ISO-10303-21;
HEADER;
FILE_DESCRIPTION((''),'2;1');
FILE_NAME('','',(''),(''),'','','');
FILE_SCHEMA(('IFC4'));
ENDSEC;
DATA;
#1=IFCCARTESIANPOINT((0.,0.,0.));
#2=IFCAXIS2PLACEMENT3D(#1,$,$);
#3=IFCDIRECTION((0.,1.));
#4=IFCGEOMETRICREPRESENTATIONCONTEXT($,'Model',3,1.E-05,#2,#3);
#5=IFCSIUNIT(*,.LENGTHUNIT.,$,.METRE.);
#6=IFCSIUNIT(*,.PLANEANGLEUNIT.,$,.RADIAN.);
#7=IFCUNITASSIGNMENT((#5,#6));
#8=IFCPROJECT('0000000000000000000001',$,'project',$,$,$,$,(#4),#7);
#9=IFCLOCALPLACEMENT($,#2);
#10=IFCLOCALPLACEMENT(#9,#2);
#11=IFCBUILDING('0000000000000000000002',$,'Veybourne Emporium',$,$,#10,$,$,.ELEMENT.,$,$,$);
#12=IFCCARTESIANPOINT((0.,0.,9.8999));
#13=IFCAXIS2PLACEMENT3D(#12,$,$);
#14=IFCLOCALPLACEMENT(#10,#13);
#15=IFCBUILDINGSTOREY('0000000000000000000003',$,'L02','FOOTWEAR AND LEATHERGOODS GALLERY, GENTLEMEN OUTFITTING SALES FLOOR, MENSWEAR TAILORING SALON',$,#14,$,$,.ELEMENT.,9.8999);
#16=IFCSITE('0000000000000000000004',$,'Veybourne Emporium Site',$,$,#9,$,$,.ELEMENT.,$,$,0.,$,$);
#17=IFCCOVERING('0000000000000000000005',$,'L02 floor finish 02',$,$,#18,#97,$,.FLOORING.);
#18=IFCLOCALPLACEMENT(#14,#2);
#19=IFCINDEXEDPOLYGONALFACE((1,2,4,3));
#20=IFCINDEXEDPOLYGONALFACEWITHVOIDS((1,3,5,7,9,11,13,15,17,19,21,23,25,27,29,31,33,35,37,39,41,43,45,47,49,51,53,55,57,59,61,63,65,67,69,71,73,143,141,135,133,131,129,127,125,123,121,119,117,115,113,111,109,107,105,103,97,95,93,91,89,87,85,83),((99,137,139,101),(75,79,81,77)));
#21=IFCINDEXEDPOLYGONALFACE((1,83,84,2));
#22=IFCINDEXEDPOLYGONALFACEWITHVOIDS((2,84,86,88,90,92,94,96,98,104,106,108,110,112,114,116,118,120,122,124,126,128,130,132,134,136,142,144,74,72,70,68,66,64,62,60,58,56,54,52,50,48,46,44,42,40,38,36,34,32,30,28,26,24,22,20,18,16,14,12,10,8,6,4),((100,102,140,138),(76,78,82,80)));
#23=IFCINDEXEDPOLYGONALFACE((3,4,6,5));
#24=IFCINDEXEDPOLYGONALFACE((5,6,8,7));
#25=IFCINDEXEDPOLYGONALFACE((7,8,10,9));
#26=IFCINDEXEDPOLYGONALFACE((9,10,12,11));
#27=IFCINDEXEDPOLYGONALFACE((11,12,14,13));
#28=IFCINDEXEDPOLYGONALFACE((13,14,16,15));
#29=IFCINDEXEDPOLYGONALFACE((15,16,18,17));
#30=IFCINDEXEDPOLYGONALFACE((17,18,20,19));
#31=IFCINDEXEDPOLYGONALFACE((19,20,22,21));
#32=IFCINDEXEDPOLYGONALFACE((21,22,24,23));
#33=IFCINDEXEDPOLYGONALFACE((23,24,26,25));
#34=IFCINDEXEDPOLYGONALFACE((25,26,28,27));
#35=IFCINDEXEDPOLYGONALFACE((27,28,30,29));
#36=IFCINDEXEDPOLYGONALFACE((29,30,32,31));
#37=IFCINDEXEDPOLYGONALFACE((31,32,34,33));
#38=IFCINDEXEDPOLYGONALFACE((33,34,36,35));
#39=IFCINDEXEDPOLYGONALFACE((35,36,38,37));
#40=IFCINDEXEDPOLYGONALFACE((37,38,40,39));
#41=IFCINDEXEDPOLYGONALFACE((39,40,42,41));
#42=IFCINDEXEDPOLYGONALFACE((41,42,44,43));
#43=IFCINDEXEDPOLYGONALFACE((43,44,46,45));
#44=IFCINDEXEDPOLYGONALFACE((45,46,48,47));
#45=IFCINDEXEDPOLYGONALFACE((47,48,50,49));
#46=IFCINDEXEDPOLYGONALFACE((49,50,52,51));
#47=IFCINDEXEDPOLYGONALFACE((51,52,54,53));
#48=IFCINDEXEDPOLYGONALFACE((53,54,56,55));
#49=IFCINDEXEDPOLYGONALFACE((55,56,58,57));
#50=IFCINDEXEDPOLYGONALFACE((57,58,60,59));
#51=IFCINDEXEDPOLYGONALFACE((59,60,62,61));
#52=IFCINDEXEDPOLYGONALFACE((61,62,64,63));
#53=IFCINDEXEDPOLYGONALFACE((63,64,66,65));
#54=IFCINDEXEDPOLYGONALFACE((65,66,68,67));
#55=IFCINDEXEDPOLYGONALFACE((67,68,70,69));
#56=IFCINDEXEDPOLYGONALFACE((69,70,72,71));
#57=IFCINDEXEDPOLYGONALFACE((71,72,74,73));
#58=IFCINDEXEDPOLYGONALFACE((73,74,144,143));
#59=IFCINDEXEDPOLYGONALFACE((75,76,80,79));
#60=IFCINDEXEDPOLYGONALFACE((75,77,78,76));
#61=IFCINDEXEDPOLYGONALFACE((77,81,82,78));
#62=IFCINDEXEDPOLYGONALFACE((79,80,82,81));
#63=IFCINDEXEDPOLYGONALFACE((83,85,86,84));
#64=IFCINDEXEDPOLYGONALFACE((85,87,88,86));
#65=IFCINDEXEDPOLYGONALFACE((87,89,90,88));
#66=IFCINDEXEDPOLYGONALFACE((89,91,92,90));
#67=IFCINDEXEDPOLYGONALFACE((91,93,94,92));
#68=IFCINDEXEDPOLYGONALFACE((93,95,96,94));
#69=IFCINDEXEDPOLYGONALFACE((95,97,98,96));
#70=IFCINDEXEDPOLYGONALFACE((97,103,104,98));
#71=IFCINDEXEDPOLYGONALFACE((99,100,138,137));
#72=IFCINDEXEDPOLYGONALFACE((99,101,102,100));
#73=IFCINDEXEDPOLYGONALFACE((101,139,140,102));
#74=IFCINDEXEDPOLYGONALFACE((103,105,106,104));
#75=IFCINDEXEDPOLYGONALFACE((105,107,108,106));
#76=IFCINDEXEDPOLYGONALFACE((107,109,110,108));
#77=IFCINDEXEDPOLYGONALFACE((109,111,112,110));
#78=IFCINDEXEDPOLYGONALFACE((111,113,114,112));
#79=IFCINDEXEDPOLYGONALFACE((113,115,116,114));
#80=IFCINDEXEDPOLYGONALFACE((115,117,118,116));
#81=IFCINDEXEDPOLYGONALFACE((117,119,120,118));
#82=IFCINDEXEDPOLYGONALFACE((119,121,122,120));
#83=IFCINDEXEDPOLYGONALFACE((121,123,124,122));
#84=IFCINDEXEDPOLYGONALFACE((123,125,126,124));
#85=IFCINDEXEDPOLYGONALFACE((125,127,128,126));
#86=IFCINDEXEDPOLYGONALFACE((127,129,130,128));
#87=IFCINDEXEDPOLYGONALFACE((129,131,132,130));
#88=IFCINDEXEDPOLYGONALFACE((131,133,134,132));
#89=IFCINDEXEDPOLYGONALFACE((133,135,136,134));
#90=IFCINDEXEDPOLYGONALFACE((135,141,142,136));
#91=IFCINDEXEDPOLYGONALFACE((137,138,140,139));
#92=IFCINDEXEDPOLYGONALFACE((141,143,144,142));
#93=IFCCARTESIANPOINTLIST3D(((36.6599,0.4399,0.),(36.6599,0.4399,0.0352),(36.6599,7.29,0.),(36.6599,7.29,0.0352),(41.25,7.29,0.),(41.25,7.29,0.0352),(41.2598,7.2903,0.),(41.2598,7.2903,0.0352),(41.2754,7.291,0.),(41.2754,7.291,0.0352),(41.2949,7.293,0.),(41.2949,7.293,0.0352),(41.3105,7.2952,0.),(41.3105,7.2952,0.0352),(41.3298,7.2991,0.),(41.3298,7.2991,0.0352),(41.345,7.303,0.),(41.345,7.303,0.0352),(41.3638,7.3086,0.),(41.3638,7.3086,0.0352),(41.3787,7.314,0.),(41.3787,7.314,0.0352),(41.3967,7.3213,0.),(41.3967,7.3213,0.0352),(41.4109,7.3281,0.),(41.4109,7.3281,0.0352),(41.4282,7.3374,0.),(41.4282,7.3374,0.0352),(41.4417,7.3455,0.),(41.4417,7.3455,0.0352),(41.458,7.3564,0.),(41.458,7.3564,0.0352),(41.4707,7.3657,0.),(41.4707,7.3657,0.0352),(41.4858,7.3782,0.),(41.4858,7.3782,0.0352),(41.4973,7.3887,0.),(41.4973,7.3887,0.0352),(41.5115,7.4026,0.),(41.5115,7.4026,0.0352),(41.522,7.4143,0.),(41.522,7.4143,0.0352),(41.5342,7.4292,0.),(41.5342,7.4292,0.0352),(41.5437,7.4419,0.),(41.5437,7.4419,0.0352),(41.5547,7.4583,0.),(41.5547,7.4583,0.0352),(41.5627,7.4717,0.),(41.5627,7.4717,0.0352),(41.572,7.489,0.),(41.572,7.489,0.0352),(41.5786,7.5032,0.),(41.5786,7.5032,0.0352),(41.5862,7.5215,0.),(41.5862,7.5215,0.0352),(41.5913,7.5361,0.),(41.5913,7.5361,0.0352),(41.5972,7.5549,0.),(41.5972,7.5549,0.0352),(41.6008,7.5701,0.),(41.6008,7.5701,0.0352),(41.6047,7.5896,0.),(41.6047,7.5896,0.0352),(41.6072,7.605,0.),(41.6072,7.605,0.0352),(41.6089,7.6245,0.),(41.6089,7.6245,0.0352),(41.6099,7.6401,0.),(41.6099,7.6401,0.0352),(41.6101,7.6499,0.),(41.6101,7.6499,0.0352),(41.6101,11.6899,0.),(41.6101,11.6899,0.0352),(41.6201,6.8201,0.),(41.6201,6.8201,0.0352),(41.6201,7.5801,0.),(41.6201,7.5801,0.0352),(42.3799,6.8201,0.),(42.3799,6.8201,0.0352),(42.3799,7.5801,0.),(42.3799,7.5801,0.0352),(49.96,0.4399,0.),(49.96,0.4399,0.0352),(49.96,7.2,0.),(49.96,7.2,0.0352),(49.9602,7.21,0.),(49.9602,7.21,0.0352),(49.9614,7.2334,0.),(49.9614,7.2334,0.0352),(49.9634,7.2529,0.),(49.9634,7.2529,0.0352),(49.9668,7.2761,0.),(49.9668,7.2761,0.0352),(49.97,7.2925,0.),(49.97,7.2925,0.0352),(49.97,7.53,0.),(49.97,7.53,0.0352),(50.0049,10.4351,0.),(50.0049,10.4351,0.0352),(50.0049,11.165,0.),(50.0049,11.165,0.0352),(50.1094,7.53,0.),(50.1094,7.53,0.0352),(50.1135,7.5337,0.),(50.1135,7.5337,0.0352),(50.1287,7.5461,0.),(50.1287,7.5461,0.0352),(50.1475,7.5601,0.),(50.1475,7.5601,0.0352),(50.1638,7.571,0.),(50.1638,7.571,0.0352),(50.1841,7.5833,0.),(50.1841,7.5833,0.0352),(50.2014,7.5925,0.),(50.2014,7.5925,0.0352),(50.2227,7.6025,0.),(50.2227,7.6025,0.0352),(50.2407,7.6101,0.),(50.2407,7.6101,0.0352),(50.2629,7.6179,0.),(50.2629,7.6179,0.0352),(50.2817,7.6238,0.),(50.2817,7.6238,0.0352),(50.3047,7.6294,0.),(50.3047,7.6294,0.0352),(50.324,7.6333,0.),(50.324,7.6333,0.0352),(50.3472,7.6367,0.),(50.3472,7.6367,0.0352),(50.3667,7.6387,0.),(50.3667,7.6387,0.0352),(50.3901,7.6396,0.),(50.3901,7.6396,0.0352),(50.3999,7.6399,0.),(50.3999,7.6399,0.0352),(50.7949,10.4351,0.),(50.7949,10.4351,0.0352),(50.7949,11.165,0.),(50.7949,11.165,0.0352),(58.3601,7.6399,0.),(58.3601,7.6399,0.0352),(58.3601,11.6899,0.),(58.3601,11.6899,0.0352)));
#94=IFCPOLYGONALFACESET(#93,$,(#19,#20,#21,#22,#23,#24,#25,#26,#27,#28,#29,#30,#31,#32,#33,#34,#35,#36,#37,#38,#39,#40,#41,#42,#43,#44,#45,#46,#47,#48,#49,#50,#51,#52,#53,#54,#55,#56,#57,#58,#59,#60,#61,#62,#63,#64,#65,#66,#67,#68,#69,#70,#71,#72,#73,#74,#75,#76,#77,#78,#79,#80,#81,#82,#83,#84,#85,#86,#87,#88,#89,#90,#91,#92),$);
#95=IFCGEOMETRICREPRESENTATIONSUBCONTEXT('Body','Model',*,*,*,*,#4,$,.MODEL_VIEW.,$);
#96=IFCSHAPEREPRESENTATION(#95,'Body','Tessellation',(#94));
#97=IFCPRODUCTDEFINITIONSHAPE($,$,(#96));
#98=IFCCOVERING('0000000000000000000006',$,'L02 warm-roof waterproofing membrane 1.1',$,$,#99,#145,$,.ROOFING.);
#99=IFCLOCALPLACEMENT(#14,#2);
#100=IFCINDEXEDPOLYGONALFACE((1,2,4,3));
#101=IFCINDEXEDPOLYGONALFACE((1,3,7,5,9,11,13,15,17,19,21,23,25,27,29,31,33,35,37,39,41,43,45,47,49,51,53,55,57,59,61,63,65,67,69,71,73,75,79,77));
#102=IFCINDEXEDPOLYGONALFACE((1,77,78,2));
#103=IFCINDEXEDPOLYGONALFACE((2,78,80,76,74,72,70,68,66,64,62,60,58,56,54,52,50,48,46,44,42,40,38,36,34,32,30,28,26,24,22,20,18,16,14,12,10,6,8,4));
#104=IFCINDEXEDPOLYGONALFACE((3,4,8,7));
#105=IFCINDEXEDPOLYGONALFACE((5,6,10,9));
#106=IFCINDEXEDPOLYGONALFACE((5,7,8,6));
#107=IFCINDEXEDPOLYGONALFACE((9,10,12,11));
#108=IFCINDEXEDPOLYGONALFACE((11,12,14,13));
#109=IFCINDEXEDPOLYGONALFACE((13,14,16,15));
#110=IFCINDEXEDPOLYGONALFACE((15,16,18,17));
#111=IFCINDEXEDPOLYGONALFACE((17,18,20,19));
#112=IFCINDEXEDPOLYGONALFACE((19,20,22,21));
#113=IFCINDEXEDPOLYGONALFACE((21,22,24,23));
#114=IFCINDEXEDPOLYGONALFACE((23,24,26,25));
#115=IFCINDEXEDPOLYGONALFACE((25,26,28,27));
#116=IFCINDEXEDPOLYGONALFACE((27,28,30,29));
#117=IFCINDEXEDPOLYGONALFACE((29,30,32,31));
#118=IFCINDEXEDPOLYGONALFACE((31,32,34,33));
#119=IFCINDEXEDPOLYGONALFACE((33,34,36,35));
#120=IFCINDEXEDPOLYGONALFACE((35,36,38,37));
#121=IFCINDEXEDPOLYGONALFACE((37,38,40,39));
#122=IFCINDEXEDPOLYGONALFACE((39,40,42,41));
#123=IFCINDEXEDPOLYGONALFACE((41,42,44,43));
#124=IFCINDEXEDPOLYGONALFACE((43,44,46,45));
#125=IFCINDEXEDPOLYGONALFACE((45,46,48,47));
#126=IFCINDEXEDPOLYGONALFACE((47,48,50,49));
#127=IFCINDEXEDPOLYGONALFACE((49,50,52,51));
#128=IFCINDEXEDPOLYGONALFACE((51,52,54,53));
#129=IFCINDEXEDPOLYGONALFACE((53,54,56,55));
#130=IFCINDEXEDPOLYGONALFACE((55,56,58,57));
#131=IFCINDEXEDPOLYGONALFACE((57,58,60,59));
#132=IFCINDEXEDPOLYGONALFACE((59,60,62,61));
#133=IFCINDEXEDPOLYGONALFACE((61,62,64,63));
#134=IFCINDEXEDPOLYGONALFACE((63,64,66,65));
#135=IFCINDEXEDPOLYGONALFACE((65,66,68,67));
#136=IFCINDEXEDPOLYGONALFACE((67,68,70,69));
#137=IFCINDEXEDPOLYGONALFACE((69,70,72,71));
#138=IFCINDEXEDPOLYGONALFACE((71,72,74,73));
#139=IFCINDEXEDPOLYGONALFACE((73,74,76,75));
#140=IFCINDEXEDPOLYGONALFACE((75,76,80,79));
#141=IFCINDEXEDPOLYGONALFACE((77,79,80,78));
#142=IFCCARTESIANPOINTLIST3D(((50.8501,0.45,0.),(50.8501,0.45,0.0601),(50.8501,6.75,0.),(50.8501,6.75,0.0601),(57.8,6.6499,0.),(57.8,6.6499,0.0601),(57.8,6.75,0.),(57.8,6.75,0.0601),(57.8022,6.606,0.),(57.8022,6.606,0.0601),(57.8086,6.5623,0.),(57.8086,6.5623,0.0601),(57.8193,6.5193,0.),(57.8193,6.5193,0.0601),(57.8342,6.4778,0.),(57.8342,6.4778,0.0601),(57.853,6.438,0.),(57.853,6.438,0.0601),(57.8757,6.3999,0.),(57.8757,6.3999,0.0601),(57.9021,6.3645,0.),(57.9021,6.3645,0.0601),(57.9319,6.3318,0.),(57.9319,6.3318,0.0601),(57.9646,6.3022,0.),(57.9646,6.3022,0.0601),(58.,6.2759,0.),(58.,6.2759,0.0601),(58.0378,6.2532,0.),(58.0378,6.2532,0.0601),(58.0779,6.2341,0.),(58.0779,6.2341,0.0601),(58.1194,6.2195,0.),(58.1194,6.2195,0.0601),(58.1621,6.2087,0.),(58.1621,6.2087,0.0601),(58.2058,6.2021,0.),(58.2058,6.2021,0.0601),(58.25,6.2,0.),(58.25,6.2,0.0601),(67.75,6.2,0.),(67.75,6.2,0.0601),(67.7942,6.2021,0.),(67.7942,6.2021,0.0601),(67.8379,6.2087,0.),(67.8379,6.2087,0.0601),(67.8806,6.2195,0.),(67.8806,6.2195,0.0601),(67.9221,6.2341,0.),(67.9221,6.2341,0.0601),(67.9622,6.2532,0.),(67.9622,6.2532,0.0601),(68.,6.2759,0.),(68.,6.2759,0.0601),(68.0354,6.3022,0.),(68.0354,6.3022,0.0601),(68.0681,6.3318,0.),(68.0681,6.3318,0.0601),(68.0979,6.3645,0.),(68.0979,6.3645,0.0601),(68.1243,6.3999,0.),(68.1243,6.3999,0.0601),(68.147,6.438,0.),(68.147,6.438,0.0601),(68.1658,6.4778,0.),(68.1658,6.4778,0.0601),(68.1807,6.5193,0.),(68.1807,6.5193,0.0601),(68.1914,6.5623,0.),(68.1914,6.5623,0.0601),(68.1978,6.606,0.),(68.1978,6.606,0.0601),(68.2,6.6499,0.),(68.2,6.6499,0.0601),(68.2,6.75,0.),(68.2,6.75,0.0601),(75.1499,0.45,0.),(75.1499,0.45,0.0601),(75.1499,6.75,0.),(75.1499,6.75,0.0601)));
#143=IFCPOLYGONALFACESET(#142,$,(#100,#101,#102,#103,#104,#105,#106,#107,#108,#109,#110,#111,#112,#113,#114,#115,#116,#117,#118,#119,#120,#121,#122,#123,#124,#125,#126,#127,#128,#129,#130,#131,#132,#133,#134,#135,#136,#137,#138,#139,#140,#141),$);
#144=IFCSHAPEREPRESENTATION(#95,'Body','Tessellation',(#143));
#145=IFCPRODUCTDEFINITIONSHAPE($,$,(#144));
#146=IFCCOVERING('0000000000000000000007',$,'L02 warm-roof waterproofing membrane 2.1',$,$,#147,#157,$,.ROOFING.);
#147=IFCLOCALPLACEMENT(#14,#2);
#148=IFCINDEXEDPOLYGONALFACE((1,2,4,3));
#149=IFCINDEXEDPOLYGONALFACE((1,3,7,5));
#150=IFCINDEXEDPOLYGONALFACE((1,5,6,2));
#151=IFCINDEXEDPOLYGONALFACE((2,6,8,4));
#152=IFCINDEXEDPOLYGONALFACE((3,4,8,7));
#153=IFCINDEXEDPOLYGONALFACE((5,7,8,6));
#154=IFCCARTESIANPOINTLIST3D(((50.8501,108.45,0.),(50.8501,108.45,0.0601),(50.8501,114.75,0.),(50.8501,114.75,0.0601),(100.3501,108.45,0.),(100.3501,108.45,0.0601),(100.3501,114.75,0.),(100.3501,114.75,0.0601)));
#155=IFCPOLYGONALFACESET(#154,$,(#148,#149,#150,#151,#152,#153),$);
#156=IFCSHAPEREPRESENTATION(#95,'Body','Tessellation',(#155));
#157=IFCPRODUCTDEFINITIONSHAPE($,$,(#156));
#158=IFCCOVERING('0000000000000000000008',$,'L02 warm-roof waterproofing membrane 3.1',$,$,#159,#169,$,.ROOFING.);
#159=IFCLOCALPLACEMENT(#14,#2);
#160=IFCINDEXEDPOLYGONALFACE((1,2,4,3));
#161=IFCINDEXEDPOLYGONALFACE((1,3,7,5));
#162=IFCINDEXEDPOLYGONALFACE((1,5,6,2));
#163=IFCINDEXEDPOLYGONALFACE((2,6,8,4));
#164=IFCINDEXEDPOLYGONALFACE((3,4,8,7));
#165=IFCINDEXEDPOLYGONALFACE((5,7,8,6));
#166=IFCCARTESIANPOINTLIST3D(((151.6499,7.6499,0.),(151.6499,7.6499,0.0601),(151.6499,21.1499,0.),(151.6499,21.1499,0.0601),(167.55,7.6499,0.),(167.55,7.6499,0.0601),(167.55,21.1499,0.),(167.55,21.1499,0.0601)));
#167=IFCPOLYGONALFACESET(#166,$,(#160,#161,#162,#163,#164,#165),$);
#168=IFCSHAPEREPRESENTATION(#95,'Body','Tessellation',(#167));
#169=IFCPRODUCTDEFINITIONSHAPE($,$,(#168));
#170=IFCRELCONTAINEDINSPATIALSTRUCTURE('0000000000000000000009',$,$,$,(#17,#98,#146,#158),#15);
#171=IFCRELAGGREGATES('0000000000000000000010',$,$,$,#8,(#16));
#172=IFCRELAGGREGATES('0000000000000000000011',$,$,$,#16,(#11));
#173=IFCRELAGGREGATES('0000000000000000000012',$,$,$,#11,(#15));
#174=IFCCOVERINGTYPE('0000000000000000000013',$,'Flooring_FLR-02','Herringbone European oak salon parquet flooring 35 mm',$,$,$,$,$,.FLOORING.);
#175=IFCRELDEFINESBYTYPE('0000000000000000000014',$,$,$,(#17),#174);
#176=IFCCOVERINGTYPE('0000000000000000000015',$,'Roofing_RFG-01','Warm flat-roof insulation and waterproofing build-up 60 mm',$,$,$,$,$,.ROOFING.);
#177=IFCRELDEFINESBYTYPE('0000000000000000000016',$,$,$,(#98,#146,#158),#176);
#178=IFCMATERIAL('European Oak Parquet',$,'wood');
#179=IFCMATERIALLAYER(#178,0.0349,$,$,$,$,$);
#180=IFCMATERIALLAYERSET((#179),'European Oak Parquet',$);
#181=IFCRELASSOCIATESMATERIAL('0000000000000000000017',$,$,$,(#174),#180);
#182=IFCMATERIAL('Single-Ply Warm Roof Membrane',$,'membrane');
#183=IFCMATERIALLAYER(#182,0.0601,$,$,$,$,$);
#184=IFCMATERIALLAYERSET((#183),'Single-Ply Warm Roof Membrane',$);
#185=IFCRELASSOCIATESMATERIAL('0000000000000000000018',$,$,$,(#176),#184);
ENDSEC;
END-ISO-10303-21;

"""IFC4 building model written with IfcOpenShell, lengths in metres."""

from ifc_helpers import new_model, si_unit, direction, frame, origin, place, context, subcontext, project, spatial, polyline, outline, extrude, material, layer, layer_set, type_object, element, save


model = new_model("IFC4")

# Units and contexts
model_context = context("Model", 3, precision=1e-05, world=origin(), true_north=direction((0.0, 1.0)))
body_context = subcontext(model_context, "Body", "Model", "MODEL_VIEW")
ifc_project = project(units=[si_unit("LENGTHUNIT", "METRE"), si_unit("PLANEANGLEUNIT", "RADIAN")], contexts=[model_context])

# Site, building, storey
site_placement = place(None, origin())
site = spatial("IfcSite", under=ifc_project, at=site_placement, Name="Veybourne Emporium Site", CompositionType="ELEMENT", RefElevation=0.0)
building_placement = place(site_placement, origin())
building = spatial("IfcBuilding", under=site, at=building_placement, Name="Veybourne Emporium", CompositionType="ELEMENT")
storey_placement = place(building_placement, frame((0.0, 0.0, 9.8999)))
storey = spatial("IfcBuildingStorey", under=building, at=storey_placement, Name="L02", Description="FOOTWEAR AND LEATHERGOODS GALLERY, GENTLEMEN OUTFITTING SALES FLOOR, MENSWEAR TAILORING SALON", CompositionType="ELEMENT", Elevation=9.8999)

# Coverings
ifc_material_1 = material(Name="European Oak Parquet", Category="wood")
ifc_layer_1 = layer(ifc_material_1, 0.0349)
ifc_layer_set_1 = layer_set([ifc_layer_1], Name="European Oak Parquet")
covering_type_1 = type_object("IfcCoveringType", Name="Flooring_FLR-02", Description="Herringbone European oak salon parquet flooring 35 mm", PredefinedType="FLOORING", material=ifc_layer_set_1)
covering_1_placement = place(storey_placement, origin())
element("IfcCovering", 1, at=covering_1_placement, inside=storey, type_object=covering_type_1, Name="L02 floor finish 02", PredefinedType="FLOORING", context=body_context, shape_type="SweptSolid", body=[
    extrude(outline(polyline([(41.2949, 7.293), (41.3105, 7.2952), (41.3298, 7.2991), (41.345, 7.303), (41.3638, 7.3086), (41.3787, 7.314), (41.3967, 7.3213), (41.4109, 7.3281), (41.4282, 7.3374), (41.4417, 7.3455), (41.458, 7.3564), (41.4707, 7.3657), (41.4858, 7.3782), (41.4973, 7.3887), (41.5115, 7.4026), (41.522, 7.4143), (41.5342, 7.4292), (41.5437, 7.4419), (41.5547, 7.4583), (41.5627, 7.4717), (41.572, 7.489), (41.5786, 7.5032), (41.5862, 7.5215), (41.5913, 7.5361), (41.5972, 7.5549), (41.6008, 7.5701), (41.6047, 7.5896), (41.6072, 7.605), (41.6089, 7.6245), (41.6099, 7.6401), (41.6101, 7.6499), (41.6101, 11.6899), (58.3601, 11.6899), (58.3601, 7.6399), (50.3999, 7.6399), (50.3901, 7.6396), (50.3667, 7.6387), (50.3472, 7.6367), (50.324, 7.6333), (50.3047, 7.6294), (50.2817, 7.6238), (50.2629, 7.6179), (50.2407, 7.6101), (50.2227, 7.6025), (50.2014, 7.5925), (50.1841, 7.5833), (50.1638, 7.571), (50.1475, 7.5601), (50.1287, 7.5461), (50.1135, 7.5337), (50.1094, 7.53), (49.97, 7.53), (49.97, 7.2925), (49.9668, 7.2761), (49.9634, 7.2529), (49.9614, 7.2334), (49.9602, 7.21), (49.96, 7.2), (49.96, 0.4399), (36.6599, 0.4399), (36.6599, 7.29), (41.25, 7.29), (41.2598, 7.2903), (41.2754, 7.291), (41.2949, 7.293)]), holes=[polyline([(42.3799, 7.5801), (41.6201, 7.5801), (41.6201, 6.8201), (42.3799, 6.8201), (42.3799, 7.5801)]), polyline([(50.7949, 11.165), (50.0049, 11.165), (50.0049, 10.4351), (50.7949, 10.4351), (50.7949, 11.165)])]), origin(), (0.0, 0.0, 1.0), 0.0352),
])
ifc_material_2 = material(Name="Single-Ply Warm Roof Membrane", Category="membrane")
ifc_layer_2 = layer(ifc_material_2, 0.0601)
ifc_layer_set_2 = layer_set([ifc_layer_2], Name="Single-Ply Warm Roof Membrane")
covering_type_2 = type_object("IfcCoveringType", Name="Roofing_RFG-01", Description="Warm flat-roof insulation and waterproofing build-up 60 mm", PredefinedType="ROOFING", material=ifc_layer_set_2)
covering_2_placement = place(storey_placement, origin())
element("IfcCovering", 2, at=covering_2_placement, inside=storey, type_object=covering_type_2, Name="L02 warm-roof waterproofing membrane 1.1", PredefinedType="ROOFING", context=body_context, shape_type="SweptSolid", body=[
    extrude(outline(polyline([(75.1499, 6.75), (75.1499, 0.45), (50.8501, 0.45), (50.8501, 6.75), (57.8, 6.75), (57.8, 6.6499), (57.8022, 6.606), (57.8086, 6.5623), (57.8193, 6.5193), (57.8342, 6.4778), (57.853, 6.438), (57.8757, 6.3999), (57.9021, 6.3645), (57.9319, 6.3318), (57.9646, 6.3022), (58.0, 6.2759), (58.0378, 6.2532), (58.0779, 6.2341), (58.1194, 6.2195), (58.1621, 6.2087), (58.2058, 6.2021), (58.25, 6.2), (67.75, 6.2), (67.7942, 6.2021), (67.8379, 6.2087), (67.8806, 6.2195), (67.9221, 6.2341), (67.9622, 6.2532), (68.0, 6.2759), (68.0354, 6.3022), (68.0681, 6.3318), (68.0979, 6.3645), (68.1243, 6.3999), (68.147, 6.438), (68.1658, 6.4778), (68.1807, 6.5193), (68.1914, 6.5623), (68.1978, 6.606), (68.2, 6.6499), (68.2, 6.75), (75.1499, 6.75)])), origin(), (0.0, 0.0, 1.0), 0.0601),
])
covering_3_placement = place(storey_placement, origin())
element("IfcCovering", 3, at=covering_3_placement, inside=storey, type_object=covering_type_2, Name="L02 warm-roof waterproofing membrane 2.1", PredefinedType="ROOFING", context=body_context, shape_type="SweptSolid", body=[
    extrude(outline(polyline([(100.3501, 114.75), (100.3501, 108.45), (50.8501, 108.45), (50.8501, 114.75), (100.3501, 114.75)])), origin(), (0.0, 0.0, 1.0), 0.0601),
])
covering_4_placement = place(storey_placement, origin())
element("IfcCovering", 4, at=covering_4_placement, inside=storey, type_object=covering_type_2, Name="L02 warm-roof waterproofing membrane 3.1", PredefinedType="ROOFING", context=body_context, shape_type="SweptSolid", body=[
    extrude(outline(polyline([(151.6499, 7.6499), (151.6499, 21.1499), (167.55, 21.1499), (167.55, 7.6499), (151.6499, 7.6499)])), origin(), (0.0, 0.0, 1.0), 0.0601),
])

save(model, "model.ifc")
